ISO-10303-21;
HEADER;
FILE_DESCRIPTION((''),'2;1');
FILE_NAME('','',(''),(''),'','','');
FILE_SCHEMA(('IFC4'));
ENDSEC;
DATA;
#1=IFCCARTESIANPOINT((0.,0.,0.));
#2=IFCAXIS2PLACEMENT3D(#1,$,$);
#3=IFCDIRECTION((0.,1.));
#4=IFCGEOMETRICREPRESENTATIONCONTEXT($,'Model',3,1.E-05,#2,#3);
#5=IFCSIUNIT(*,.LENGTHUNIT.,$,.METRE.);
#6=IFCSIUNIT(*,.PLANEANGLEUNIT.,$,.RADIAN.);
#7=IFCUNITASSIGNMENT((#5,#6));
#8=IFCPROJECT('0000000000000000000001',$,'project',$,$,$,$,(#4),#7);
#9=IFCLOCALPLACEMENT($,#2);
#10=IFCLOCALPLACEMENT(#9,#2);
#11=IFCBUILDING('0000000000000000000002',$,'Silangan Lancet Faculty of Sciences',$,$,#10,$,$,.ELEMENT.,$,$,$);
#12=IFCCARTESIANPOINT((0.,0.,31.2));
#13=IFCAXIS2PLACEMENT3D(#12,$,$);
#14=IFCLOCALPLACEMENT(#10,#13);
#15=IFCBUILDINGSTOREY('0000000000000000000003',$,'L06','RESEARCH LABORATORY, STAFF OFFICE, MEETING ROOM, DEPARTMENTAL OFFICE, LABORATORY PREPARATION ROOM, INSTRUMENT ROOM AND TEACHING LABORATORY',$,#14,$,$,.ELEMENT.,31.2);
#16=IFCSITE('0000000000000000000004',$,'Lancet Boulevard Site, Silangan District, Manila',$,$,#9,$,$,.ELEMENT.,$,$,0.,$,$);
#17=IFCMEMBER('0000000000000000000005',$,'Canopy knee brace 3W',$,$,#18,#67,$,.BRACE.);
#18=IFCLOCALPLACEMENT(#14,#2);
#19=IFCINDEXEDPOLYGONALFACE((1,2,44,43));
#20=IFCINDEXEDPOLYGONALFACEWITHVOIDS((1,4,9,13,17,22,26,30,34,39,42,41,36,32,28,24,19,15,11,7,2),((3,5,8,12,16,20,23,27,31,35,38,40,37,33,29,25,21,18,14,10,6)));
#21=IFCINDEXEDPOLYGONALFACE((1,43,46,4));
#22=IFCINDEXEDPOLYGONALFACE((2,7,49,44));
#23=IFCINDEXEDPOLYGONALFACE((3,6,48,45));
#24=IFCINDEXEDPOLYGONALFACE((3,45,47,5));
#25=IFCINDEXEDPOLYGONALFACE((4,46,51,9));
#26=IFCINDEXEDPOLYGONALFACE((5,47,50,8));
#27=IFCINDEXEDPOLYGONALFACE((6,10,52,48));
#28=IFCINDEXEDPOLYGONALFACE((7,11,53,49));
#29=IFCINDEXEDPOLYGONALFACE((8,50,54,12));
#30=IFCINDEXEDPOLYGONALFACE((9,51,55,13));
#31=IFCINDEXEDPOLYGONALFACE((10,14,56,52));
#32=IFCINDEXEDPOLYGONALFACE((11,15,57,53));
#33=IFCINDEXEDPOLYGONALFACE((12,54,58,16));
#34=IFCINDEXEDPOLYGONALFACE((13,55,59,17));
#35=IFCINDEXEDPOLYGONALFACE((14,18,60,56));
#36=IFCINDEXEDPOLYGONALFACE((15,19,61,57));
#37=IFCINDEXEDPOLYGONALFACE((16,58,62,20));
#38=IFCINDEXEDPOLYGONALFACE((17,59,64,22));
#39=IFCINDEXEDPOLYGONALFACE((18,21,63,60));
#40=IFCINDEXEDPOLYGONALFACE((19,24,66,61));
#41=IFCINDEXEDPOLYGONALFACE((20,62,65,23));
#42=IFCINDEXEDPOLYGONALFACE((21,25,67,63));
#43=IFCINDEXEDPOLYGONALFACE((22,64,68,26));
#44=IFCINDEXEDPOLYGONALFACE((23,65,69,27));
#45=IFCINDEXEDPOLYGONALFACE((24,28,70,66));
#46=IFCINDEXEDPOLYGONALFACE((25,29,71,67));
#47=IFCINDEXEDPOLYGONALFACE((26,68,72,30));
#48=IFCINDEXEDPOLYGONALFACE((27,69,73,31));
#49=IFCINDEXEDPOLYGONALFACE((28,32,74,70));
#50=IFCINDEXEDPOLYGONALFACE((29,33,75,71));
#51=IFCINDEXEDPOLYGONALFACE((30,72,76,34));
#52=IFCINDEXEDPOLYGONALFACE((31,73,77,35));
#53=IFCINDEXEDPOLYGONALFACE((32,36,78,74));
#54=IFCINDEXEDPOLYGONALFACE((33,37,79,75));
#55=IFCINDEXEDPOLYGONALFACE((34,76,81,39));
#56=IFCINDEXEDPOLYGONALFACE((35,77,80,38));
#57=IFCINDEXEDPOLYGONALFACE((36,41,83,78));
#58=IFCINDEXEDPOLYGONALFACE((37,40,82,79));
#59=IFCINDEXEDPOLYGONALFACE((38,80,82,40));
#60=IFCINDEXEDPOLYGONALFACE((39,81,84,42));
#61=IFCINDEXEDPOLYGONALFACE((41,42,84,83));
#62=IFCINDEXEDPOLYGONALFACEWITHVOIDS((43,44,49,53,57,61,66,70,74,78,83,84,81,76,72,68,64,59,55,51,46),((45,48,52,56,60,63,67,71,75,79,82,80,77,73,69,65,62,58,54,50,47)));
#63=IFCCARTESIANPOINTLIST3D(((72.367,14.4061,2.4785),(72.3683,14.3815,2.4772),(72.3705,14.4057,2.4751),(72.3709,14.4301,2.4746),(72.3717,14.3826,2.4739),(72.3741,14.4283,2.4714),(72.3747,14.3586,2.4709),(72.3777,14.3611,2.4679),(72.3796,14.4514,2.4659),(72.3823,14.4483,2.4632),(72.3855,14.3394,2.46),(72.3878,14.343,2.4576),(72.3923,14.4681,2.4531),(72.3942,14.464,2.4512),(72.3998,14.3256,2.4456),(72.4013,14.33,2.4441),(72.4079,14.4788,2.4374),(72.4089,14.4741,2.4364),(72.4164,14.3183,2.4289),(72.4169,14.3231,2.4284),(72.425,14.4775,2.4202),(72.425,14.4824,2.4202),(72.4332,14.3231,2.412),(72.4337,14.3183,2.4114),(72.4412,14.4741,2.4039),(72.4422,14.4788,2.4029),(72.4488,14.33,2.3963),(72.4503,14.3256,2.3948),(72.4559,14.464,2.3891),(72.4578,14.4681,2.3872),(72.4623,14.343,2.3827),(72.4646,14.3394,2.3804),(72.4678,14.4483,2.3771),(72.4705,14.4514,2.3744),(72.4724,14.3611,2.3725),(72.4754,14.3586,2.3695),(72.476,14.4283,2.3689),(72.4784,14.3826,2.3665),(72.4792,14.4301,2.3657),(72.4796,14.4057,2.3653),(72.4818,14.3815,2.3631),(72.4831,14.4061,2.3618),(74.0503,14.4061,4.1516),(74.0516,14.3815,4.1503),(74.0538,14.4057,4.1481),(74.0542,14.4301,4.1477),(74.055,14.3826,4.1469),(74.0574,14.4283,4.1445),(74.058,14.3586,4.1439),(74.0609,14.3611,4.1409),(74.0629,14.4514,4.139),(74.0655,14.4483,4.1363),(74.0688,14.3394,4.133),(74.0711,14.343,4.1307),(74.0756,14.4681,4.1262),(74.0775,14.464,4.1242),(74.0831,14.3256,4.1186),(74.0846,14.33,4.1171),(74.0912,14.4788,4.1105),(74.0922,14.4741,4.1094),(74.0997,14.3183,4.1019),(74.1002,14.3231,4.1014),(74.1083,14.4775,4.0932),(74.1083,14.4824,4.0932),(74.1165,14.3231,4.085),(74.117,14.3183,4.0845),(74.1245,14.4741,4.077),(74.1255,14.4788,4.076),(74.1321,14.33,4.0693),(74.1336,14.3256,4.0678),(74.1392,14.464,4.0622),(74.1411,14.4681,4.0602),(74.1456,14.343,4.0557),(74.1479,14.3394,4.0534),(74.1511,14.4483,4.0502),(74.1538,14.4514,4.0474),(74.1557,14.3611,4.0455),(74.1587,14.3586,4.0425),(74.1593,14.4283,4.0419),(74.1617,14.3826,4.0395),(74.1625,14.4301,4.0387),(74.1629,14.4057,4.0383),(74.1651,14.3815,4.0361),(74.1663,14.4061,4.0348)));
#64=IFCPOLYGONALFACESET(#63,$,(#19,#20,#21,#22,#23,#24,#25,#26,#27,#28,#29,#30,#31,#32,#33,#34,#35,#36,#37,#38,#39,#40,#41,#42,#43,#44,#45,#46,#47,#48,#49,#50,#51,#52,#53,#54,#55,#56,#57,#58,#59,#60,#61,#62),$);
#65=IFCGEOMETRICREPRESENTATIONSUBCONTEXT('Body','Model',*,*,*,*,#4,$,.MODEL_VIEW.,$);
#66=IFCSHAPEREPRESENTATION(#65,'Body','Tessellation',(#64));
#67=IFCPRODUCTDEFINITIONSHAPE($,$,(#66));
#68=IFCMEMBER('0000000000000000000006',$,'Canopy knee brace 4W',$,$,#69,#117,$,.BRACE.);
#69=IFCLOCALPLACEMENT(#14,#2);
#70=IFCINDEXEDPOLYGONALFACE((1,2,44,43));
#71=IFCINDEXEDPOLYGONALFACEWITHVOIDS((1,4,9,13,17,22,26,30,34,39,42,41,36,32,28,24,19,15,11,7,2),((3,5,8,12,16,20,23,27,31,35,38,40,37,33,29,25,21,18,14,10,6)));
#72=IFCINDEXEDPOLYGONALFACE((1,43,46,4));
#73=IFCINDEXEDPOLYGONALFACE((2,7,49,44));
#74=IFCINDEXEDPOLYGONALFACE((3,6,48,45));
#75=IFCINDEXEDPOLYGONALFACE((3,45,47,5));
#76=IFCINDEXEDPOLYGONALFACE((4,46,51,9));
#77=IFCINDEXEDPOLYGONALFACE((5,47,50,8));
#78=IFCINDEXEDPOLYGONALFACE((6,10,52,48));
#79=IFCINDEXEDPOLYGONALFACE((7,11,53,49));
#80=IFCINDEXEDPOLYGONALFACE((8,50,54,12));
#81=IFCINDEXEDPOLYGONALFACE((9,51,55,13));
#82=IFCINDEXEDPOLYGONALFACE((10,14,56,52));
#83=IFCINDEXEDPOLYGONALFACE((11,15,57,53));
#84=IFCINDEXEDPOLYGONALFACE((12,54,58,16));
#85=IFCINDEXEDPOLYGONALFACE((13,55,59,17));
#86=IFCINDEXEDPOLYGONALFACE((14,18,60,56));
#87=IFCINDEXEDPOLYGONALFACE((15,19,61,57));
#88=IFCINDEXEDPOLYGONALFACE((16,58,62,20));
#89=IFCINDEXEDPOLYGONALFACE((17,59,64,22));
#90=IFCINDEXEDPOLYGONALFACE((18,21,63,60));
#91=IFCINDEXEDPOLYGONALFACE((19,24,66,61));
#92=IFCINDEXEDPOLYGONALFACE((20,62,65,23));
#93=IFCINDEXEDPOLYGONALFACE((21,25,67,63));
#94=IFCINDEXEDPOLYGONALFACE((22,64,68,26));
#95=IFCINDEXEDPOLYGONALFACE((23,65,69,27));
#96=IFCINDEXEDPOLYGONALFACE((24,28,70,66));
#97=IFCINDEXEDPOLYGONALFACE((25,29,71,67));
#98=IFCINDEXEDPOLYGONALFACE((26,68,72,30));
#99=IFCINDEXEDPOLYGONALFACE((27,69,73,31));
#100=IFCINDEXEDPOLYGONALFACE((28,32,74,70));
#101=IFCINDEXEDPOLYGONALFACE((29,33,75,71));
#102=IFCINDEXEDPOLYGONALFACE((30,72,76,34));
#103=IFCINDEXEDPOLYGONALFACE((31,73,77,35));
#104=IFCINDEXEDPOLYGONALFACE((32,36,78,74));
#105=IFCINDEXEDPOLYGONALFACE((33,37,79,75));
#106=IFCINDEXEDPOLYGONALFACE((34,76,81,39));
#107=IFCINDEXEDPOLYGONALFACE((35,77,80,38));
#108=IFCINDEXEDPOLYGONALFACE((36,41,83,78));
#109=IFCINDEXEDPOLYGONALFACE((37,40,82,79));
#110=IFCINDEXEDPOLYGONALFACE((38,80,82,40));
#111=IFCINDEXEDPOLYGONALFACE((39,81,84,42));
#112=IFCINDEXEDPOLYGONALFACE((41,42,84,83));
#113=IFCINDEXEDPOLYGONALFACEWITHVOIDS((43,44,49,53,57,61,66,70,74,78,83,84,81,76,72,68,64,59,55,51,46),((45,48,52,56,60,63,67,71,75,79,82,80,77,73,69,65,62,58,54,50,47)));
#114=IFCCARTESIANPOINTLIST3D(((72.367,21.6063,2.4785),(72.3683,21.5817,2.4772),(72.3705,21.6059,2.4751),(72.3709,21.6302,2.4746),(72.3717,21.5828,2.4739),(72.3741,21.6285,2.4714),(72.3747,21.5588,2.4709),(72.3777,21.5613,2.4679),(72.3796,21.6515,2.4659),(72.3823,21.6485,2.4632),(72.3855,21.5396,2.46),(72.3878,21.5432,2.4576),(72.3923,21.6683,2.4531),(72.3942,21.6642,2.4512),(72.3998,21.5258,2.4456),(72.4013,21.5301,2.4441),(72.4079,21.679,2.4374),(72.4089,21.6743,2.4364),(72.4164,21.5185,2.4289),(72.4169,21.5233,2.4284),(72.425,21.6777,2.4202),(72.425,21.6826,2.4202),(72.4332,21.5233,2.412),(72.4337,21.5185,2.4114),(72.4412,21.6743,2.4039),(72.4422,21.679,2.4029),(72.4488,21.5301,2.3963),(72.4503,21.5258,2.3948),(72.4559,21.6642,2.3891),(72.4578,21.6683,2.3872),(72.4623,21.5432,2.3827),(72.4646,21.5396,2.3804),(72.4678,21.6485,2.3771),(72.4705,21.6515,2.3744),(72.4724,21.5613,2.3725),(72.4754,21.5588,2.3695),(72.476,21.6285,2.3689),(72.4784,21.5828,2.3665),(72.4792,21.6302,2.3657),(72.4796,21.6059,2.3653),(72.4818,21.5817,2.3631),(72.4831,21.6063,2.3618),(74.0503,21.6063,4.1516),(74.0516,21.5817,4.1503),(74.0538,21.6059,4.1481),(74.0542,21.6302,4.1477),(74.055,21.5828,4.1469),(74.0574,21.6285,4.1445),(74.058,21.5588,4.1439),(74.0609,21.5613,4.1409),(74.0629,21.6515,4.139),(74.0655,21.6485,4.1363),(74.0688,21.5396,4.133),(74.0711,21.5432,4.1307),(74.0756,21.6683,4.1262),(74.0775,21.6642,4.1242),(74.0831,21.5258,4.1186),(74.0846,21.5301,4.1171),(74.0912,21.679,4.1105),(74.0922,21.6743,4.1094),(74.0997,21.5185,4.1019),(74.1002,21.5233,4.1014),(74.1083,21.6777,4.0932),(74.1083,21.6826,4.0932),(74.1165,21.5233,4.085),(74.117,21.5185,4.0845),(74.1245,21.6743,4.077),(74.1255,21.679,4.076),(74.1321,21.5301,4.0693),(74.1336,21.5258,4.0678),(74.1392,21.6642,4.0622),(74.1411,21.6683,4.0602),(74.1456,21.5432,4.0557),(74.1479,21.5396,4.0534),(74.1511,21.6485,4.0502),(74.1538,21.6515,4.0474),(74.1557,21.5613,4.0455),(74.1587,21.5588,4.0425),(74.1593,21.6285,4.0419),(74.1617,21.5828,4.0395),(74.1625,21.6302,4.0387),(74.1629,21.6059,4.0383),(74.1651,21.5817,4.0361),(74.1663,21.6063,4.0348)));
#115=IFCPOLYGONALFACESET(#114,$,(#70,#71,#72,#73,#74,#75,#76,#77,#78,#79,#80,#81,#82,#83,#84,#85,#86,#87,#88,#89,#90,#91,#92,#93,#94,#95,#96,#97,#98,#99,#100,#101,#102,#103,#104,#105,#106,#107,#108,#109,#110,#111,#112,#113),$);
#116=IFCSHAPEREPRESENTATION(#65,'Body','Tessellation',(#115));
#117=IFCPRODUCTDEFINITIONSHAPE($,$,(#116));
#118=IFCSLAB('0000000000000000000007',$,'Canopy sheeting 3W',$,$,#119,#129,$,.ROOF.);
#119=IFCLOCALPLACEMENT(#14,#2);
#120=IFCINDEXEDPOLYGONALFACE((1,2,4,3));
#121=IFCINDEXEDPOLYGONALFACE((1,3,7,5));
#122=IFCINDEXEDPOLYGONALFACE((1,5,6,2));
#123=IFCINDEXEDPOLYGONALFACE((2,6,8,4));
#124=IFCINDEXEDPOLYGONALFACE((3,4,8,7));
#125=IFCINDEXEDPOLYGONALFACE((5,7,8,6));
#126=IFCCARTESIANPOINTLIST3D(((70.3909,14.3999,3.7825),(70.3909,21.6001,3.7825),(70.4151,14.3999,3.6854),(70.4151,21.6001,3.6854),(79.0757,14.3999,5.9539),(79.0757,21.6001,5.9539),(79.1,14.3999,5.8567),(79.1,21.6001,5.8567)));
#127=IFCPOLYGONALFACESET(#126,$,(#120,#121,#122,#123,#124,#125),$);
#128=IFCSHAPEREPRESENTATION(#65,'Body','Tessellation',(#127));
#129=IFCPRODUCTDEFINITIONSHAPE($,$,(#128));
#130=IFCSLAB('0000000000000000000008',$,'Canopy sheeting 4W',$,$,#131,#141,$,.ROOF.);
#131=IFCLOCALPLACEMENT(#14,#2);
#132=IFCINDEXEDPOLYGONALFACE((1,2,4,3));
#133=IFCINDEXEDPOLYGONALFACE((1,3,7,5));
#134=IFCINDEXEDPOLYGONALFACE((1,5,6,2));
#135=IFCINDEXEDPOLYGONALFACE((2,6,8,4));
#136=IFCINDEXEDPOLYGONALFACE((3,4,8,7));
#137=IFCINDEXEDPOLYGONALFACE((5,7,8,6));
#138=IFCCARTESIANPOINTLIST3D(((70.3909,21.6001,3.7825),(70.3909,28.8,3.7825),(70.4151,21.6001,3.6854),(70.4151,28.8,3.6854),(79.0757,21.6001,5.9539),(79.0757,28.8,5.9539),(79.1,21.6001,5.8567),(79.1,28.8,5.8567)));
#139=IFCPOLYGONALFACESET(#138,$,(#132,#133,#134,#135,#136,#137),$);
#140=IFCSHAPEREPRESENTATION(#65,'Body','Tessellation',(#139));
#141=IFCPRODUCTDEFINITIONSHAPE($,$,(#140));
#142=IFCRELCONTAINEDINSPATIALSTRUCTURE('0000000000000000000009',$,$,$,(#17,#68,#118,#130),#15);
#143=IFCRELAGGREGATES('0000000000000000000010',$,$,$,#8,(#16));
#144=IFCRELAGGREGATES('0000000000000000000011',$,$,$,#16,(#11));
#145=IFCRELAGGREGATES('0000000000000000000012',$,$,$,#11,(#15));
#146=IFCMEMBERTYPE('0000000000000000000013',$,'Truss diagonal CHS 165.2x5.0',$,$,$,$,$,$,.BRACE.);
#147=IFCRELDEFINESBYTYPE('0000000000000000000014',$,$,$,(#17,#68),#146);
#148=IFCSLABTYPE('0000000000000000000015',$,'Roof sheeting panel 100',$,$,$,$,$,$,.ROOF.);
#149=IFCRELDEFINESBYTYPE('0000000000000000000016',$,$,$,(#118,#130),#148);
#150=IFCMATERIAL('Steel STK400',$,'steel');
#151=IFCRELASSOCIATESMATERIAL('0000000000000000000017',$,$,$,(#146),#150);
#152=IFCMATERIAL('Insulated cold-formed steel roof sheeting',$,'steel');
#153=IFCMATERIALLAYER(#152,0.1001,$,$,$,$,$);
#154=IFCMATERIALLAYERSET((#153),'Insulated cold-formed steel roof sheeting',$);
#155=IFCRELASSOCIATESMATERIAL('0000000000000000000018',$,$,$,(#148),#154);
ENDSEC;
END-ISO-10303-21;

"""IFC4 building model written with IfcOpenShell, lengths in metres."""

from ifc_helpers import new_model, si_unit, direction, frame, origin, origin_2d, place, context, subcontext, project, spatial, polyline, hollow_circle, outline, extrude, material, layer, layer_set, material_profile, profile_set, type_object, element, save


model = new_model("IFC4")

# Units and contexts
model_context = context("Model", 3, precision=1e-05, world=origin(), true_north=direction((0.0, 1.0)))
body_context = subcontext(model_context, "Body", "Model", "MODEL_VIEW")
ifc_project = project(units=[si_unit("LENGTHUNIT", "METRE"), si_unit("PLANEANGLEUNIT", "RADIAN")], contexts=[model_context])

# Site, building, storey
site_placement = place(None, origin())
site = spatial("IfcSite", under=ifc_project, at=site_placement, Name="Lancet Boulevard Site, Silangan District, Manila", CompositionType="ELEMENT", RefElevation=0.0)
building_placement = place(site_placement, origin())
building = spatial("IfcBuilding", under=site, at=building_placement, Name="Silangan Lancet Faculty of Sciences", CompositionType="ELEMENT")
storey_placement = place(building_placement, frame((0.0, 0.0, 31.2)))
storey = spatial("IfcBuildingStorey", under=building, at=storey_placement, Name="L06", Description="RESEARCH LABORATORY, STAFF OFFICE, MEETING ROOM, DEPARTMENTAL OFFICE, LABORATORY PREPARATION ROOM, INSTRUMENT ROOM AND TEACHING LABORATORY", CompositionType="ELEMENT", Elevation=31.2)

# Members
ifc_material_1 = material(Name="Steel STK400", Category="steel")
ifc_material_profile_1 = material_profile(ifc_material_1, hollow_circle(Radius=0.0825, WallThickness=0.0049, at=origin_2d()), Name="CHS 165.2x5.0")
ifc_profile_set_1 = profile_set([ifc_material_profile_1], Name="Steel STK400")
member_type_1 = type_object("IfcMemberType", Name="Truss diagonal CHS 165.2x5.0", PredefinedType="BRACE", material=ifc_profile_set_1)
for number, where, z_axis, x_axis, name in (
    (1, (72.425, 14.3999, 2.4202), (0.709264, 0.0, 0.704943), (0.0, 1.0, 0.0), "Canopy knee brace 3W"),
    (2, (72.425, 21.6001, 2.4202), (0.709264, 0.0, 0.704943), (0.0, 1.0, 0.0), "Canopy knee brace 4W"),
):
    element("IfcMember", number, at=place(storey_placement, frame(where, z_axis=z_axis, x_axis=x_axis)), inside=storey, type_object=member_type_1, Name=name, PredefinedType="BRACE", context=body_context, shape_type="SweptSolid", body=[
        extrude(hollow_circle(Radius=0.0825, WallThickness=0.0049, at=origin_2d()), origin(), (0.0, 0.0, 1.0), 2.3733),
    ])

# Slabs
ifc_material_2 = material(Name="Insulated cold-formed steel roof sheeting", Category="steel")
ifc_layer_1 = layer(ifc_material_2, 0.1001)
ifc_layer_set_1 = layer_set([ifc_layer_1], Name="Insulated cold-formed steel roof sheeting")
slab_type = type_object("IfcSlabType", Name="Roof sheeting panel 100", PredefinedType="ROOF", material=ifc_layer_set_1)
slab_1_placement = place(storey_placement, frame((70.3909, 14.3999, 3.7825), z_axis=(-0.242555, 0.0, 0.970138), x_axis=(0.0, 1.0, 0.0)))
element("IfcSlab", 3, at=slab_1_placement, inside=storey, type_object=slab_type, Name="Canopy sheeting 3W", PredefinedType="ROOF", context=body_context, shape_type="SweptSolid", body=[
    extrude(outline(polyline([(0.0, 0.0), (7.2002, 0.0), (7.2002, -8.9521), (0.0, -8.9521), (0.0, 0.0)])), origin(), (0.0, 0.0, -1.0), 0.1001),
])
slab_2_placement = place(storey_placement, frame((70.3909, 21.6001, 3.7825), z_axis=(-0.242555, 0.0, 0.970138), x_axis=(0.0, 1.0, 0.0)))
element("IfcSlab", 4, at=slab_2_placement, inside=storey, type_object=slab_type, Name="Canopy sheeting 4W", PredefinedType="ROOF", context=body_context, shape_type="SweptSolid", body=[
    extrude(outline(polyline([(0.0, 0.0), (7.2, 0.0), (7.2, -8.9521), (0.0, -8.9521), (0.0, 0.0)])), origin(), (0.0, 0.0, -1.0), 0.1001),
])

save(model, "model.ifc")
